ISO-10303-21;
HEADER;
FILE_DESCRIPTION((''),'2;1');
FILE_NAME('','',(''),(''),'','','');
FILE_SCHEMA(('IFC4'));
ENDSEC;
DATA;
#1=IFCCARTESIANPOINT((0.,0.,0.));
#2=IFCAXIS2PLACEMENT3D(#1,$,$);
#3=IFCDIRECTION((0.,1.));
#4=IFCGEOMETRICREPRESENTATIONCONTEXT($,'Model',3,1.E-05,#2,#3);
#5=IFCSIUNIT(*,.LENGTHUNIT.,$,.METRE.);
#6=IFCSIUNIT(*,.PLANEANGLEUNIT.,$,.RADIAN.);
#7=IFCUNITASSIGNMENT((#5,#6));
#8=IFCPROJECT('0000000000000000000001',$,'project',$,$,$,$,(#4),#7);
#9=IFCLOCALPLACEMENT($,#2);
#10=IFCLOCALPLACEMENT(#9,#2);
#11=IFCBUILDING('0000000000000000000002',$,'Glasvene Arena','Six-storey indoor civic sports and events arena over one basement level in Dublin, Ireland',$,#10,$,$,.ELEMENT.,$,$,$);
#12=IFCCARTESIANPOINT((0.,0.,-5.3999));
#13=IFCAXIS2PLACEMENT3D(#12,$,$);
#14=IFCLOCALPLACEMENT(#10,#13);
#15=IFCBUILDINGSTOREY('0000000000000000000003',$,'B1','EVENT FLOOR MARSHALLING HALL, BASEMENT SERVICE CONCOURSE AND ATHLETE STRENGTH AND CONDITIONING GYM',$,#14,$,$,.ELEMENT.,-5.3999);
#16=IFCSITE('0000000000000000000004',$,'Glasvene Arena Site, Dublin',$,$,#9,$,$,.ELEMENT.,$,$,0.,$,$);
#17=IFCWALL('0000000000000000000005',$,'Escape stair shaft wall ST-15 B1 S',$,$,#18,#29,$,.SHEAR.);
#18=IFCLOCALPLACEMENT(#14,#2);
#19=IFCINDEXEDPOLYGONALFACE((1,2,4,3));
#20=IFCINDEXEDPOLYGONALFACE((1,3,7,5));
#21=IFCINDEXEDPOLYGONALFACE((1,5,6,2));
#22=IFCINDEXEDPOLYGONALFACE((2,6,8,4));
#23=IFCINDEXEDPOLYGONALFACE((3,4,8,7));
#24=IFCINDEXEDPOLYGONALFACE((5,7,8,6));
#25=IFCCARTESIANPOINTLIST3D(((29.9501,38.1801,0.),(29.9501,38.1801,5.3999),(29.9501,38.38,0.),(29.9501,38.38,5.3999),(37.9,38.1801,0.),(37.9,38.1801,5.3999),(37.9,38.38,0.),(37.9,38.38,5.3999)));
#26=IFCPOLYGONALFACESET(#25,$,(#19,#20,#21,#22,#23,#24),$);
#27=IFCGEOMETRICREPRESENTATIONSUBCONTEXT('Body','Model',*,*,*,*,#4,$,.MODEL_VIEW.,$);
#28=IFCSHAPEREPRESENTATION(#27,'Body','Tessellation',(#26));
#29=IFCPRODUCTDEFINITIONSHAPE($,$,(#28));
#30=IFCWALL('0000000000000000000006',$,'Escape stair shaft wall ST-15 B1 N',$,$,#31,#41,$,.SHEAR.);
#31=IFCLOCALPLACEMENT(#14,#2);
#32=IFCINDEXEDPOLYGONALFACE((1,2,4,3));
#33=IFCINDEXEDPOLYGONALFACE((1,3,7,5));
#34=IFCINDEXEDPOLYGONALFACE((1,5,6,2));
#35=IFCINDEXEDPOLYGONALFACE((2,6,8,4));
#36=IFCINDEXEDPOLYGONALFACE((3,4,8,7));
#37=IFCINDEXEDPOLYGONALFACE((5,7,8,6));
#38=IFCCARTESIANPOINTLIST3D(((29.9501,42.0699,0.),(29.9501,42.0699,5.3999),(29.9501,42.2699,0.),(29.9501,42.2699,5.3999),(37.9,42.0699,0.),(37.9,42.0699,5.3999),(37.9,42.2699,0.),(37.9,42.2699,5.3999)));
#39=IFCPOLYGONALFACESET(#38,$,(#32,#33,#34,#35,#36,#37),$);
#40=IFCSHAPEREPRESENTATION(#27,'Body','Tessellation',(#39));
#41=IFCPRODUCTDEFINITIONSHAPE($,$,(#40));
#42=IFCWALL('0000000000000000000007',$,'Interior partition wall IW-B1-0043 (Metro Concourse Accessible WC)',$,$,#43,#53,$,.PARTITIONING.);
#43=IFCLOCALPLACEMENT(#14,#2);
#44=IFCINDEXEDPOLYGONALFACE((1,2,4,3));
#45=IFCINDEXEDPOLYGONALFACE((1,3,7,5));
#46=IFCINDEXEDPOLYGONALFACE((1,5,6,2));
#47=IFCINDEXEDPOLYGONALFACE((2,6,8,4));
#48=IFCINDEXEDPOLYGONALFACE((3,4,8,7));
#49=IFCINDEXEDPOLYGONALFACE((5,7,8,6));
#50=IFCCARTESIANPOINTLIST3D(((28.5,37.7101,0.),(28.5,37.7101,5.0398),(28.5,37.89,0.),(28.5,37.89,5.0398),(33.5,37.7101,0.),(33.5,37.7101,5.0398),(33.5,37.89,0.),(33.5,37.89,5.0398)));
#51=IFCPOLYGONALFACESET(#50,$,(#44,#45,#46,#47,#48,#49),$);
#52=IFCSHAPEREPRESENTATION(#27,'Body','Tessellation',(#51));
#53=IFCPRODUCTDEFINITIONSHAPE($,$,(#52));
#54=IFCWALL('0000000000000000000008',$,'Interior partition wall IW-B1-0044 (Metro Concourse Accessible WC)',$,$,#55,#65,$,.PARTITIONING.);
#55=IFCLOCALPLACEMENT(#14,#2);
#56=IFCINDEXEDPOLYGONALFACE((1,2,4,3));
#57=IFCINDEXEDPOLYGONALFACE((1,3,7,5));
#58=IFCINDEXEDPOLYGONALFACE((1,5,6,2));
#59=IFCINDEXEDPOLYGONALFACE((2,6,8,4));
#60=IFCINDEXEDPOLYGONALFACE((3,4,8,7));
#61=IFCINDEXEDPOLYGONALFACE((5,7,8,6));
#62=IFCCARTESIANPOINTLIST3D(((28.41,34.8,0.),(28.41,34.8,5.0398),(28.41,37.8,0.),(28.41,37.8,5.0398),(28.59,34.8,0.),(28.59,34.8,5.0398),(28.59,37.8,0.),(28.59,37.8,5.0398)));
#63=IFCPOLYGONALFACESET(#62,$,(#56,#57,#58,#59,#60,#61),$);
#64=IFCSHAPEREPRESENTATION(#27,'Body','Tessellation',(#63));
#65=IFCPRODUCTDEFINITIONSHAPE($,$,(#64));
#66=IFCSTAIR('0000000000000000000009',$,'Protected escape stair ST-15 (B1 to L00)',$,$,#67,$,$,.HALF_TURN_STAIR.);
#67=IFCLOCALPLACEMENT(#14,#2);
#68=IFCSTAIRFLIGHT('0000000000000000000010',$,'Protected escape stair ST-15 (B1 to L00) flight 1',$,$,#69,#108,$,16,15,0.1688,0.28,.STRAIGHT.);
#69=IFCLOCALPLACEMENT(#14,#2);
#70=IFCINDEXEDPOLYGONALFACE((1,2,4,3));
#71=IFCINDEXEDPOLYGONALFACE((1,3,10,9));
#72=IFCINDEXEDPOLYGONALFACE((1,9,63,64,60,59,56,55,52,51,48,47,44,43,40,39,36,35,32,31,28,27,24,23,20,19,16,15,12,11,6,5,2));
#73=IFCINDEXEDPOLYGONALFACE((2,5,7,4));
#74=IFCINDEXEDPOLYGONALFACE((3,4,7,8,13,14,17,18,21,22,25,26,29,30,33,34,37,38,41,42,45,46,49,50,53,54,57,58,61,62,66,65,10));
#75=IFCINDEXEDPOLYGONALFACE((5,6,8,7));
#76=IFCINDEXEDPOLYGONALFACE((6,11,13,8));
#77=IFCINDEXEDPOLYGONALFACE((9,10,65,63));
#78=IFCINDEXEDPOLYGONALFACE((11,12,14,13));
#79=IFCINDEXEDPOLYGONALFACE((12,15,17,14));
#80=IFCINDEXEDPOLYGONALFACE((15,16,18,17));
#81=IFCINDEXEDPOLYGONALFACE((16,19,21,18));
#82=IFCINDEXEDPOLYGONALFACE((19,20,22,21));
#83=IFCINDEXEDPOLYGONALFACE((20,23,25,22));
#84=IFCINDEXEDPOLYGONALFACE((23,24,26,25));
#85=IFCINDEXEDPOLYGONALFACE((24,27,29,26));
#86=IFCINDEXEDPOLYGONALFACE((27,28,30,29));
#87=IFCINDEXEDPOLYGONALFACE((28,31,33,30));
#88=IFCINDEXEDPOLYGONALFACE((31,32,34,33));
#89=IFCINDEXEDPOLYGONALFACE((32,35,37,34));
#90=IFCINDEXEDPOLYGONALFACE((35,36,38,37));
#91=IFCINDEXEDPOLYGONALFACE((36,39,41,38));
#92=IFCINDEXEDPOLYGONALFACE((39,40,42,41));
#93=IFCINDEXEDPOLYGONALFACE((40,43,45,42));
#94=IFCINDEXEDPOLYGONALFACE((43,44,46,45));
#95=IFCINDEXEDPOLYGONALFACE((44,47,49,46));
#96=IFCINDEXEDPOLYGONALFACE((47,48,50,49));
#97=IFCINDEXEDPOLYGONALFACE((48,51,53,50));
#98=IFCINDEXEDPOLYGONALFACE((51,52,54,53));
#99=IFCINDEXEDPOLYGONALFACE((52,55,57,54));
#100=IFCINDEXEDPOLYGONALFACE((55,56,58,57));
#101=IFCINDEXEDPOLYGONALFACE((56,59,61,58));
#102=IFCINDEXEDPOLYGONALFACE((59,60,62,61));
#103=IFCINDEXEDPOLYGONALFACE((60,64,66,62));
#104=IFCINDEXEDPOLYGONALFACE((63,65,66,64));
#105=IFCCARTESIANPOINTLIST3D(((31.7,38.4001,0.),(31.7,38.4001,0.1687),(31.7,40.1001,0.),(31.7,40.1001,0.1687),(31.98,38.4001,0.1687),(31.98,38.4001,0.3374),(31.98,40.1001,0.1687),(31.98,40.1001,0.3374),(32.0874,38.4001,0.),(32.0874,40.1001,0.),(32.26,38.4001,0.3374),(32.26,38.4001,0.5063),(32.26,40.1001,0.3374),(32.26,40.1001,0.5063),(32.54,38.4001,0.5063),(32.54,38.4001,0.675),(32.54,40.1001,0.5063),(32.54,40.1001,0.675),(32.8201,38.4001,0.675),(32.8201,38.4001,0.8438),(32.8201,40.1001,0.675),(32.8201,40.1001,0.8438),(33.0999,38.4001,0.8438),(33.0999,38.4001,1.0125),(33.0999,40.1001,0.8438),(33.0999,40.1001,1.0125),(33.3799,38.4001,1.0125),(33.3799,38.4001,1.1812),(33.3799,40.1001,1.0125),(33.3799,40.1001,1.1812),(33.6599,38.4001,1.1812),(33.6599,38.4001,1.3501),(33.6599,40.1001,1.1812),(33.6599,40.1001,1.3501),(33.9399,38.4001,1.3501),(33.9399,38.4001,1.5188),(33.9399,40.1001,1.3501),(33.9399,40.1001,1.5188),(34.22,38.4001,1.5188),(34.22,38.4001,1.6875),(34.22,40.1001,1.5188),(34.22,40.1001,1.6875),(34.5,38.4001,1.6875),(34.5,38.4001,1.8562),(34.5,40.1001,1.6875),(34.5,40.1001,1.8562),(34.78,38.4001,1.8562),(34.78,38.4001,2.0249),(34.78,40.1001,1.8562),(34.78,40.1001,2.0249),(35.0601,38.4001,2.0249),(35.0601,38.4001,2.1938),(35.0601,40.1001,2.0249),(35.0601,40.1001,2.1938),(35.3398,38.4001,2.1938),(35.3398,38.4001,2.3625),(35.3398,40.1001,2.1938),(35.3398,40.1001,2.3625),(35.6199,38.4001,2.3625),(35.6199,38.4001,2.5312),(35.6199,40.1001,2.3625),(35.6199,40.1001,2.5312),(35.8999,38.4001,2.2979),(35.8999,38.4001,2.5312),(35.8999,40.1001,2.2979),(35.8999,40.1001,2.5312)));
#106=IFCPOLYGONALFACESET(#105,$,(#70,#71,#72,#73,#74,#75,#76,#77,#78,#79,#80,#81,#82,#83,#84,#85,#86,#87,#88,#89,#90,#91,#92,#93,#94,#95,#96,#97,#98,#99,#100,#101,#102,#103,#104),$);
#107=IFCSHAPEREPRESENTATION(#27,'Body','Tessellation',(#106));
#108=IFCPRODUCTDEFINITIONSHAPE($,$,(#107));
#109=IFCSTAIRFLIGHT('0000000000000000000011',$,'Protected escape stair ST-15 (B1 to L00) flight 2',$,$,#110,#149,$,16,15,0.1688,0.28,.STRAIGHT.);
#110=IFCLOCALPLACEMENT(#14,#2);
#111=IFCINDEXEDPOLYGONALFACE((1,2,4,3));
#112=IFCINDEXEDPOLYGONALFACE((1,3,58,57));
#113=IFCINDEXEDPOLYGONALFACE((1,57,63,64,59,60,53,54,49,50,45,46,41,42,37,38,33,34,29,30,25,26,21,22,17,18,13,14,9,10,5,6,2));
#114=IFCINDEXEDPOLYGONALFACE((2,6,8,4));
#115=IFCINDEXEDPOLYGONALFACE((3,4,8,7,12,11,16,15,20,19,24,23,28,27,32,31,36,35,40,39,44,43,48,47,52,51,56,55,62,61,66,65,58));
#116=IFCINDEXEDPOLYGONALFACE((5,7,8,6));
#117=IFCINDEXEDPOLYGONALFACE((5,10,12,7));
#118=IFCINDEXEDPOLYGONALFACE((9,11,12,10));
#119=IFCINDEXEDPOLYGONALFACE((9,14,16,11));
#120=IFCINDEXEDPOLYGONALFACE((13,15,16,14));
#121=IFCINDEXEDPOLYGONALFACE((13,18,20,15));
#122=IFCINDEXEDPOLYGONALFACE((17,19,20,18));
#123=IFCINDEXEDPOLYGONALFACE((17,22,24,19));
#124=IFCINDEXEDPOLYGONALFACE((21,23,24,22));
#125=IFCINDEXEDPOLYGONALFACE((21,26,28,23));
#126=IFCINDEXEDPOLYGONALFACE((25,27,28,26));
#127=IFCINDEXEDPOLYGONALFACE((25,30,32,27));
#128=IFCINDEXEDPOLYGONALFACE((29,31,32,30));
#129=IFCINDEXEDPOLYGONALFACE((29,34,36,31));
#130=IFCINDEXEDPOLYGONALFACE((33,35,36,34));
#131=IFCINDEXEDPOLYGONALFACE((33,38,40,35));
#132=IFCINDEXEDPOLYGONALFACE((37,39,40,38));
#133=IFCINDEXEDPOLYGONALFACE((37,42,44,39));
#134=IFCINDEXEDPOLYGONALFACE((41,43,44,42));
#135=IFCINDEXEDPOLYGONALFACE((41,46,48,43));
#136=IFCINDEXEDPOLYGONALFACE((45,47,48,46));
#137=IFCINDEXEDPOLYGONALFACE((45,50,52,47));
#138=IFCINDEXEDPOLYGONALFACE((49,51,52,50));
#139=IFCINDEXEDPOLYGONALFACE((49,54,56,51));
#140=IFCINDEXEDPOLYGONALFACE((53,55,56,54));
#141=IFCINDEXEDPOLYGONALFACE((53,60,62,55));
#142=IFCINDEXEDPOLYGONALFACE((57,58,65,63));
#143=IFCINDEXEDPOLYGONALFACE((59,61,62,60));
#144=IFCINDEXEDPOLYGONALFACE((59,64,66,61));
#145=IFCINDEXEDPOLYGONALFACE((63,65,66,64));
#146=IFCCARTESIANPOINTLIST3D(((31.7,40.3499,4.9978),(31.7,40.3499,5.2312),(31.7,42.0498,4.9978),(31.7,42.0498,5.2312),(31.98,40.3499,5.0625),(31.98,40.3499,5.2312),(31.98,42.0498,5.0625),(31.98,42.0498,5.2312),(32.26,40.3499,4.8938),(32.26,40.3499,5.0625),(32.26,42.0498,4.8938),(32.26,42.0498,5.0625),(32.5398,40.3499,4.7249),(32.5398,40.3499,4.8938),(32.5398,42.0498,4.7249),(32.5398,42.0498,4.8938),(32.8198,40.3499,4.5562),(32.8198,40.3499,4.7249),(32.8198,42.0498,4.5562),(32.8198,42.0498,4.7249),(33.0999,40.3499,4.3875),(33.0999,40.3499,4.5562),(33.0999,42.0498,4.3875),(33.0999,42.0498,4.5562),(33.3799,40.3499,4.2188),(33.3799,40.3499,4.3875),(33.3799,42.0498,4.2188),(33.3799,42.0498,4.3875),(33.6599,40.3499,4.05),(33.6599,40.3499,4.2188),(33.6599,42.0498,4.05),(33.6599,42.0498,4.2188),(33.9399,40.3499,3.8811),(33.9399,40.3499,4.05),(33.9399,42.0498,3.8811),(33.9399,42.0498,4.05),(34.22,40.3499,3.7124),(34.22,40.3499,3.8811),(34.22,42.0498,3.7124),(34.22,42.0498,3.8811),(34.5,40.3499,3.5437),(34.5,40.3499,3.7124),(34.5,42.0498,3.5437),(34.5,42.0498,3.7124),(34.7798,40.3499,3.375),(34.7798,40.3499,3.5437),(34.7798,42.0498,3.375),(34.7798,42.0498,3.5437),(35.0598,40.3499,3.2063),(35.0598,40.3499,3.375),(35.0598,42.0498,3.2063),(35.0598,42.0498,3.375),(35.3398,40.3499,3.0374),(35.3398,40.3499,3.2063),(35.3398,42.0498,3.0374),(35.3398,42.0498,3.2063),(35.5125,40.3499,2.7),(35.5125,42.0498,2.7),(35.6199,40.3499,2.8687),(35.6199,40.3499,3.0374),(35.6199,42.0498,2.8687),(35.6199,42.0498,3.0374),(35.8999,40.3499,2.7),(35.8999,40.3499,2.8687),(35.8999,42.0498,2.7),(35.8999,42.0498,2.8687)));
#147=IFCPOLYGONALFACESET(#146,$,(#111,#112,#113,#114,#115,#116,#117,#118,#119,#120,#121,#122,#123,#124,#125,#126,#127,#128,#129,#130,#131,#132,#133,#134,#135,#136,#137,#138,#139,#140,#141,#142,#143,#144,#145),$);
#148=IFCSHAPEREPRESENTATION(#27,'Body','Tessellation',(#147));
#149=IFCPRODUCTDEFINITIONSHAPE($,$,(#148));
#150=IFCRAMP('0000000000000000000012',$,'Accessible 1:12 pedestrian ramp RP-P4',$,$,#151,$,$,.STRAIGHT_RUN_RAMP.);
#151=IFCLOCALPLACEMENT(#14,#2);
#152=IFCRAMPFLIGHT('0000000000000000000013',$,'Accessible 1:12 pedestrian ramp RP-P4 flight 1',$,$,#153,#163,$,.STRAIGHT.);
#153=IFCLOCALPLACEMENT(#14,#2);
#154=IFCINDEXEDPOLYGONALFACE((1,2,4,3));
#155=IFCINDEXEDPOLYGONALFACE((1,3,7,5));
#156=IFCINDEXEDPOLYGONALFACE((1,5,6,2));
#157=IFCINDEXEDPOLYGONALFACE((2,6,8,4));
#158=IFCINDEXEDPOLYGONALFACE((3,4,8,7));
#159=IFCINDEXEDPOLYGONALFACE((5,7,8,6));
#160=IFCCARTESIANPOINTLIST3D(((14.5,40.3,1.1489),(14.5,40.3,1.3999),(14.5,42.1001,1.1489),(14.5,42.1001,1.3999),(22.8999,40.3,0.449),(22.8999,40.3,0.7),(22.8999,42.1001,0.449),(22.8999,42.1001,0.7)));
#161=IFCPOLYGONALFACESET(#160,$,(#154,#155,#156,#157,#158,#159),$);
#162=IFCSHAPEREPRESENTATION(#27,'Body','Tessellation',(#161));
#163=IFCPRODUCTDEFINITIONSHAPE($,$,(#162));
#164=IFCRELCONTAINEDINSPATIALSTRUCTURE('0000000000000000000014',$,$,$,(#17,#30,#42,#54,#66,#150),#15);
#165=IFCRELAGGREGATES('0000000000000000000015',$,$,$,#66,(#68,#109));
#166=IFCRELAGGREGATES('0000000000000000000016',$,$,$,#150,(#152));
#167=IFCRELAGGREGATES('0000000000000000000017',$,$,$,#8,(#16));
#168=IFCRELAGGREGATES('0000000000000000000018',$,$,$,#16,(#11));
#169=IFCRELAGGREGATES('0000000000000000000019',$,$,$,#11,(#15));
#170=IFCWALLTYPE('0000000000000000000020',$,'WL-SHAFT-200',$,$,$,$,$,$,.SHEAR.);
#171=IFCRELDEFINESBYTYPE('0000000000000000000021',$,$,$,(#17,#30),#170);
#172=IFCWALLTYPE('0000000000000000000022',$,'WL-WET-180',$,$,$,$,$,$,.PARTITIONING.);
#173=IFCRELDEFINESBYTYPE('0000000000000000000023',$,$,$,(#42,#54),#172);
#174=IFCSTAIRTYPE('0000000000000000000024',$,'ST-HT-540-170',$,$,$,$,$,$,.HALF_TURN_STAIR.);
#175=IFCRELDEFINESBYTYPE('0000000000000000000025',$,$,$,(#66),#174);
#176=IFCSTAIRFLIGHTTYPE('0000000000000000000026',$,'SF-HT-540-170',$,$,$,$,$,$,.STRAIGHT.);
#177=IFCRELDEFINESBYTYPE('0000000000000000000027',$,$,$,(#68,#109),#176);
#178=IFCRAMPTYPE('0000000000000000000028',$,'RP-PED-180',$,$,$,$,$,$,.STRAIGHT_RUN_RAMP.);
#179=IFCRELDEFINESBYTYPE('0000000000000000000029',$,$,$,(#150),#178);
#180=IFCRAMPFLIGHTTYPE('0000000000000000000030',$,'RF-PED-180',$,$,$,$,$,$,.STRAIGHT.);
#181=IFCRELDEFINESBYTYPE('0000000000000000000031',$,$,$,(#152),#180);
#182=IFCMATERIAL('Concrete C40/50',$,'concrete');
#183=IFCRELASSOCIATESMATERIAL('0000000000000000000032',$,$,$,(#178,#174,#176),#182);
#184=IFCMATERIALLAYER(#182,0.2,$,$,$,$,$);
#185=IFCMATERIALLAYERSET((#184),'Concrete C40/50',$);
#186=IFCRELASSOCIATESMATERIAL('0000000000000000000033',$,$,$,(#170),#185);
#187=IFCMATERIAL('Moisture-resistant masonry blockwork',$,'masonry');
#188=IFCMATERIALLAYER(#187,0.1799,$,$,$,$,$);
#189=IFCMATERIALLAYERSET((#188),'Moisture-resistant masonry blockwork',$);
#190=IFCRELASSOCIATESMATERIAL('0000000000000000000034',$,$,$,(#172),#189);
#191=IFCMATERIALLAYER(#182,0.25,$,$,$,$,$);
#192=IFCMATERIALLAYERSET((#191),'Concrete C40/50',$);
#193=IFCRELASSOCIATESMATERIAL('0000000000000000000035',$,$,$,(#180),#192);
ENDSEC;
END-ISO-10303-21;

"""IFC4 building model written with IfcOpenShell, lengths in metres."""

from ifc_helpers import new_model, si_unit, direction, frame, frame_2d, origin, place, context, subcontext, project, spatial, polyline, rectangle, outline, extrude, material, layer, layer_set, type_object, element, aggregate, save


model = new_model("IFC4")

# Units and contexts
model_context = context("Model", 3, precision=1e-05, world=origin(), true_north=direction((0.0, 1.0)))
body_context = subcontext(model_context, "Body", "Model", "MODEL_VIEW")
ifc_project = project(units=[si_unit("LENGTHUNIT", "METRE"), si_unit("PLANEANGLEUNIT", "RADIAN")], contexts=[model_context])

# Site, building, storey
site_placement = place(None, origin())
site = spatial("IfcSite", under=ifc_project, at=site_placement, Name="Glasvene Arena Site, Dublin", CompositionType="ELEMENT", RefElevation=0.0)
building_placement = place(site_placement, origin())
building = spatial("IfcBuilding", under=site, at=building_placement, Name="Glasvene Arena", Description="Six-storey indoor civic sports and events arena over one basement level in Dublin, Ireland", CompositionType="ELEMENT")
storey_placement = place(building_placement, frame((0.0, 0.0, -5.3999)))
storey = spatial("IfcBuildingStorey", under=building, at=storey_placement, Name="B1", Description="EVENT FLOOR MARSHALLING HALL, BASEMENT SERVICE CONCOURSE AND ATHLETE STRENGTH AND CONDITIONING GYM", CompositionType="ELEMENT", Elevation=-5.3999)

# Shared definitions
ifc_material_1 = material(Name="Concrete C40/50", Category="concrete")

# Shared definitions
ramp_type = type_object("IfcRampType", Name="RP-PED-180", PredefinedType="STRAIGHT_RUN_RAMP", material=ifc_material_1)

# Wall
ifc_layer_1 = layer(ifc_material_1, 0.2)
ifc_layer_set_1 = layer_set([ifc_layer_1], Name="Concrete C40/50")
wall_type_1 = type_object("IfcWallType", Name="WL-SHAFT-200", PredefinedType="SHEAR", material=ifc_layer_set_1)
wall_1_placement = place(storey_placement, frame((29.95, 38.28, 0.0), z_axis=(0.0, 0.0, 1.0), x_axis=(1.0, 0.0, 0.0)))
element("IfcWall", 1, at=wall_1_placement, inside=storey, type_object=wall_type_1, Name="Escape stair shaft wall ST-15 B1 S", PredefinedType="SHEAR", context=body_context, shape_type="SweptSolid", body=[
    extrude(rectangle(XDim=7.95, YDim=0.2, at=frame_2d((3.9751, 0.0))), origin(), (0.0, 0.0, 1.0), 5.3999),
])

# Walls
wall_2_placement = place(storey_placement, frame((29.95, 42.1699, 0.0), z_axis=(0.0, 0.0, 1.0), x_axis=(1.0, 0.0, 0.0)))
element("IfcWall", 2, at=wall_2_placement, inside=storey, type_object=wall_type_1, Name="Escape stair shaft wall ST-15 B1 N", PredefinedType="SHEAR", context=body_context, shape_type="SweptSolid", body=[
    extrude(rectangle(XDim=7.95, YDim=0.2, at=frame_2d((3.9751, 0.0))), origin(), (0.0, 0.0, 1.0), 5.3999),
])
ifc_material_2 = material(Name="Moisture-resistant masonry blockwork", Category="masonry")
ifc_layer_2 = layer(ifc_material_2, 0.1799)
ifc_layer_set_2 = layer_set([ifc_layer_2], Name="Moisture-resistant masonry blockwork")
wall_type_2 = type_object("IfcWallType", Name="WL-WET-180", PredefinedType="PARTITIONING", material=ifc_layer_set_2)
wall_3_placement = place(storey_placement, frame((33.5, 37.8, 0.0), z_axis=(0.0, 0.0, 1.0), x_axis=(-1.0, 0.0, 0.0)))
element("IfcWall", 3, at=wall_3_placement, inside=storey, type_object=wall_type_2, Name="Interior partition wall IW-B1-0043 (Metro Concourse Accessible WC)", PredefinedType="PARTITIONING", context=body_context, shape_type="SweptSolid", body=[
    extrude(rectangle(XDim=5.0, YDim=0.1799, at=frame_2d((2.5, 0.0))), origin(), (0.0, 0.0, 1.0), 5.0398),
])
wall_4_placement = place(storey_placement, frame((28.5, 37.8, 0.0), z_axis=(0.0, 0.0, 1.0), x_axis=(0.0, -1.0, 0.0)))
element("IfcWall", 4, at=wall_4_placement, inside=storey, type_object=wall_type_2, Name="Interior partition wall IW-B1-0044 (Metro Concourse Accessible WC)", PredefinedType="PARTITIONING", context=body_context, shape_type="SweptSolid", body=[
    extrude(rectangle(XDim=3.0, YDim=0.1799, at=frame_2d((1.5, 0.0))), origin(), (0.0, 0.0, 1.0), 5.0398),
])

# Stair, stair flights
stair_type = type_object("IfcStairType", Name="ST-HT-540-170", PredefinedType="HALF_TURN_STAIR", material=ifc_material_1)
stair_placement = place(storey_placement, origin())
stair = element("IfcStair", 5, at=stair_placement, inside=storey, type_object=stair_type, Name="Protected escape stair ST-15 (B1 to L00)", PredefinedType="HALF_TURN_STAIR")
stair_flight_type = type_object("IfcStairFlightType", Name="SF-HT-540-170", PredefinedType="STRAIGHT", material=ifc_material_1)
stair_flight_1_placement = place(storey_placement, frame((31.7, 39.25, 0.0), z_axis=(0.0, 0.0, 1.0), x_axis=(1.0, 0.0, 0.0)))
stair_flight_1 = element("IfcStairFlight", 6, at=stair_flight_1_placement, type_object=stair_flight_type, Name="Protected escape stair ST-15 (B1 to L00) flight 1", NumberOfRisers=16, NumberOfTreads=15, PredefinedType="STRAIGHT", RiserHeight=0.1688, TreadLength=0.28, context=body_context, shape_type="SweptSolid", body=[
    extrude(outline(polyline([(0.0, 0.0), (0.0, 0.1687), (0.28, 0.1687), (0.28, 0.3374), (0.5601, 0.3374), (0.5601, 0.5063), (0.8401, 0.5063), (0.8401, 0.675), (1.1201, 0.675), (1.1201, 0.8438), (1.3999, 0.8438), (1.3999, 1.0125), (1.6799, 1.0125), (1.6799, 1.1812), (1.96, 1.1812), (1.96, 1.3501), (2.24, 1.3501), (2.24, 1.5188), (2.52, 1.5188), (2.52, 1.6875), (2.8, 1.6875), (2.8, 1.8562), (3.0801, 1.8562), (3.0801, 2.0249), (3.3601, 2.0249), (3.3601, 2.1938), (3.6399, 2.1938), (3.6399, 2.3625), (3.9199, 2.3625), (3.9199, 2.5312), (4.2, 2.5312), (4.2, 2.7), (4.2, 2.2979), (0.3875, 0.0), (0.0, 0.0)])), frame((0.0, 0.8501, 0.0), z_axis=(0.0, -1.0, 0.0), x_axis=(1.0, 0.0, 0.0)), (0.0, 0.0, 1.0), 1.7),
])
stair_flight_2_placement = place(storey_placement, frame((35.8999, 41.2, 2.7), z_axis=(0.0, 0.0, 1.0), x_axis=(-1.0, 0.0, 0.0)))
stair_flight_2 = element("IfcStairFlight", 7, at=stair_flight_2_placement, type_object=stair_flight_type, Name="Protected escape stair ST-15 (B1 to L00) flight 2", NumberOfRisers=16, NumberOfTreads=15, PredefinedType="STRAIGHT", RiserHeight=0.1688, TreadLength=0.28, context=body_context, shape_type="SweptSolid", body=[
    extrude(outline(polyline([(0.0, 0.0), (0.0, 0.1687), (0.28, 0.1687), (0.28, 0.3374), (0.5601, 0.3374), (0.5601, 0.5063), (0.8401, 0.5063), (0.8401, 0.675), (1.1201, 0.675), (1.1201, 0.8438), (1.3999, 0.8438), (1.3999, 1.0125), (1.6799, 1.0125), (1.6799, 1.1812), (1.96, 1.1812), (1.96, 1.3501), (2.24, 1.3501), (2.24, 1.5188), (2.52, 1.5188), (2.52, 1.6875), (2.8, 1.6875), (2.8, 1.8562), (3.0801, 1.8562), (3.0801, 2.0249), (3.3601, 2.0249), (3.3601, 2.1938), (3.6399, 2.1938), (3.6399, 2.3625), (3.9199, 2.3625), (3.9199, 2.5312), (4.2, 2.5312), (4.2, 2.7), (4.2, 2.2979), (0.3875, 0.0), (0.0, 0.0)])), frame((0.0, 0.8501, 0.0), z_axis=(0.0, -1.0, 0.0), x_axis=(1.0, 0.0, 0.0)), (0.0, 0.0, 1.0), 1.7),
])
aggregate(stair, [stair_flight_1, stair_flight_2])

# Ramp, ramp flight
ramp_1_placement = place(storey_placement, origin())
ramp_1 = element("IfcRamp", 8, at=ramp_1_placement, inside=storey, type_object=ramp_type, Name="Accessible 1:12 pedestrian ramp RP-P4", PredefinedType="STRAIGHT_RUN_RAMP")
ifc_layer_3 = layer(ifc_material_1, 0.25)
ifc_layer_set_3 = layer_set([ifc_layer_3], Name="Concrete C40/50")
ramp_flight_type = type_object("IfcRampFlightType", Name="RF-PED-180", PredefinedType="STRAIGHT", material=ifc_layer_set_3)
ramp_flight_placement = place(storey_placement, frame((22.8999, 41.2, 0.7), z_axis=(0.0, 0.0, 1.0), x_axis=(-1.0, 0.0, 0.0)))
ramp_flight = element("IfcRampFlight", 9, at=ramp_flight_placement, type_object=ramp_flight_type, Name="Accessible 1:12 pedestrian ramp RP-P4 flight 1", PredefinedType="STRAIGHT", context=body_context, shape_type="SweptSolid", body=[
    extrude(outline(polyline([(0.0, -0.251), (8.3999, 0.449), (8.3999, 0.7), (0.0, 0.0), (0.0, -0.251)])), frame((0.0, 0.8999, 0.0), z_axis=(0.0, -1.0, 0.0), x_axis=(1.0, 0.0, 0.0)), (0.0, 0.0, 1.0), 1.8),
])
aggregate(ramp_1, [ramp_flight])

save(model, "model.ifc")
